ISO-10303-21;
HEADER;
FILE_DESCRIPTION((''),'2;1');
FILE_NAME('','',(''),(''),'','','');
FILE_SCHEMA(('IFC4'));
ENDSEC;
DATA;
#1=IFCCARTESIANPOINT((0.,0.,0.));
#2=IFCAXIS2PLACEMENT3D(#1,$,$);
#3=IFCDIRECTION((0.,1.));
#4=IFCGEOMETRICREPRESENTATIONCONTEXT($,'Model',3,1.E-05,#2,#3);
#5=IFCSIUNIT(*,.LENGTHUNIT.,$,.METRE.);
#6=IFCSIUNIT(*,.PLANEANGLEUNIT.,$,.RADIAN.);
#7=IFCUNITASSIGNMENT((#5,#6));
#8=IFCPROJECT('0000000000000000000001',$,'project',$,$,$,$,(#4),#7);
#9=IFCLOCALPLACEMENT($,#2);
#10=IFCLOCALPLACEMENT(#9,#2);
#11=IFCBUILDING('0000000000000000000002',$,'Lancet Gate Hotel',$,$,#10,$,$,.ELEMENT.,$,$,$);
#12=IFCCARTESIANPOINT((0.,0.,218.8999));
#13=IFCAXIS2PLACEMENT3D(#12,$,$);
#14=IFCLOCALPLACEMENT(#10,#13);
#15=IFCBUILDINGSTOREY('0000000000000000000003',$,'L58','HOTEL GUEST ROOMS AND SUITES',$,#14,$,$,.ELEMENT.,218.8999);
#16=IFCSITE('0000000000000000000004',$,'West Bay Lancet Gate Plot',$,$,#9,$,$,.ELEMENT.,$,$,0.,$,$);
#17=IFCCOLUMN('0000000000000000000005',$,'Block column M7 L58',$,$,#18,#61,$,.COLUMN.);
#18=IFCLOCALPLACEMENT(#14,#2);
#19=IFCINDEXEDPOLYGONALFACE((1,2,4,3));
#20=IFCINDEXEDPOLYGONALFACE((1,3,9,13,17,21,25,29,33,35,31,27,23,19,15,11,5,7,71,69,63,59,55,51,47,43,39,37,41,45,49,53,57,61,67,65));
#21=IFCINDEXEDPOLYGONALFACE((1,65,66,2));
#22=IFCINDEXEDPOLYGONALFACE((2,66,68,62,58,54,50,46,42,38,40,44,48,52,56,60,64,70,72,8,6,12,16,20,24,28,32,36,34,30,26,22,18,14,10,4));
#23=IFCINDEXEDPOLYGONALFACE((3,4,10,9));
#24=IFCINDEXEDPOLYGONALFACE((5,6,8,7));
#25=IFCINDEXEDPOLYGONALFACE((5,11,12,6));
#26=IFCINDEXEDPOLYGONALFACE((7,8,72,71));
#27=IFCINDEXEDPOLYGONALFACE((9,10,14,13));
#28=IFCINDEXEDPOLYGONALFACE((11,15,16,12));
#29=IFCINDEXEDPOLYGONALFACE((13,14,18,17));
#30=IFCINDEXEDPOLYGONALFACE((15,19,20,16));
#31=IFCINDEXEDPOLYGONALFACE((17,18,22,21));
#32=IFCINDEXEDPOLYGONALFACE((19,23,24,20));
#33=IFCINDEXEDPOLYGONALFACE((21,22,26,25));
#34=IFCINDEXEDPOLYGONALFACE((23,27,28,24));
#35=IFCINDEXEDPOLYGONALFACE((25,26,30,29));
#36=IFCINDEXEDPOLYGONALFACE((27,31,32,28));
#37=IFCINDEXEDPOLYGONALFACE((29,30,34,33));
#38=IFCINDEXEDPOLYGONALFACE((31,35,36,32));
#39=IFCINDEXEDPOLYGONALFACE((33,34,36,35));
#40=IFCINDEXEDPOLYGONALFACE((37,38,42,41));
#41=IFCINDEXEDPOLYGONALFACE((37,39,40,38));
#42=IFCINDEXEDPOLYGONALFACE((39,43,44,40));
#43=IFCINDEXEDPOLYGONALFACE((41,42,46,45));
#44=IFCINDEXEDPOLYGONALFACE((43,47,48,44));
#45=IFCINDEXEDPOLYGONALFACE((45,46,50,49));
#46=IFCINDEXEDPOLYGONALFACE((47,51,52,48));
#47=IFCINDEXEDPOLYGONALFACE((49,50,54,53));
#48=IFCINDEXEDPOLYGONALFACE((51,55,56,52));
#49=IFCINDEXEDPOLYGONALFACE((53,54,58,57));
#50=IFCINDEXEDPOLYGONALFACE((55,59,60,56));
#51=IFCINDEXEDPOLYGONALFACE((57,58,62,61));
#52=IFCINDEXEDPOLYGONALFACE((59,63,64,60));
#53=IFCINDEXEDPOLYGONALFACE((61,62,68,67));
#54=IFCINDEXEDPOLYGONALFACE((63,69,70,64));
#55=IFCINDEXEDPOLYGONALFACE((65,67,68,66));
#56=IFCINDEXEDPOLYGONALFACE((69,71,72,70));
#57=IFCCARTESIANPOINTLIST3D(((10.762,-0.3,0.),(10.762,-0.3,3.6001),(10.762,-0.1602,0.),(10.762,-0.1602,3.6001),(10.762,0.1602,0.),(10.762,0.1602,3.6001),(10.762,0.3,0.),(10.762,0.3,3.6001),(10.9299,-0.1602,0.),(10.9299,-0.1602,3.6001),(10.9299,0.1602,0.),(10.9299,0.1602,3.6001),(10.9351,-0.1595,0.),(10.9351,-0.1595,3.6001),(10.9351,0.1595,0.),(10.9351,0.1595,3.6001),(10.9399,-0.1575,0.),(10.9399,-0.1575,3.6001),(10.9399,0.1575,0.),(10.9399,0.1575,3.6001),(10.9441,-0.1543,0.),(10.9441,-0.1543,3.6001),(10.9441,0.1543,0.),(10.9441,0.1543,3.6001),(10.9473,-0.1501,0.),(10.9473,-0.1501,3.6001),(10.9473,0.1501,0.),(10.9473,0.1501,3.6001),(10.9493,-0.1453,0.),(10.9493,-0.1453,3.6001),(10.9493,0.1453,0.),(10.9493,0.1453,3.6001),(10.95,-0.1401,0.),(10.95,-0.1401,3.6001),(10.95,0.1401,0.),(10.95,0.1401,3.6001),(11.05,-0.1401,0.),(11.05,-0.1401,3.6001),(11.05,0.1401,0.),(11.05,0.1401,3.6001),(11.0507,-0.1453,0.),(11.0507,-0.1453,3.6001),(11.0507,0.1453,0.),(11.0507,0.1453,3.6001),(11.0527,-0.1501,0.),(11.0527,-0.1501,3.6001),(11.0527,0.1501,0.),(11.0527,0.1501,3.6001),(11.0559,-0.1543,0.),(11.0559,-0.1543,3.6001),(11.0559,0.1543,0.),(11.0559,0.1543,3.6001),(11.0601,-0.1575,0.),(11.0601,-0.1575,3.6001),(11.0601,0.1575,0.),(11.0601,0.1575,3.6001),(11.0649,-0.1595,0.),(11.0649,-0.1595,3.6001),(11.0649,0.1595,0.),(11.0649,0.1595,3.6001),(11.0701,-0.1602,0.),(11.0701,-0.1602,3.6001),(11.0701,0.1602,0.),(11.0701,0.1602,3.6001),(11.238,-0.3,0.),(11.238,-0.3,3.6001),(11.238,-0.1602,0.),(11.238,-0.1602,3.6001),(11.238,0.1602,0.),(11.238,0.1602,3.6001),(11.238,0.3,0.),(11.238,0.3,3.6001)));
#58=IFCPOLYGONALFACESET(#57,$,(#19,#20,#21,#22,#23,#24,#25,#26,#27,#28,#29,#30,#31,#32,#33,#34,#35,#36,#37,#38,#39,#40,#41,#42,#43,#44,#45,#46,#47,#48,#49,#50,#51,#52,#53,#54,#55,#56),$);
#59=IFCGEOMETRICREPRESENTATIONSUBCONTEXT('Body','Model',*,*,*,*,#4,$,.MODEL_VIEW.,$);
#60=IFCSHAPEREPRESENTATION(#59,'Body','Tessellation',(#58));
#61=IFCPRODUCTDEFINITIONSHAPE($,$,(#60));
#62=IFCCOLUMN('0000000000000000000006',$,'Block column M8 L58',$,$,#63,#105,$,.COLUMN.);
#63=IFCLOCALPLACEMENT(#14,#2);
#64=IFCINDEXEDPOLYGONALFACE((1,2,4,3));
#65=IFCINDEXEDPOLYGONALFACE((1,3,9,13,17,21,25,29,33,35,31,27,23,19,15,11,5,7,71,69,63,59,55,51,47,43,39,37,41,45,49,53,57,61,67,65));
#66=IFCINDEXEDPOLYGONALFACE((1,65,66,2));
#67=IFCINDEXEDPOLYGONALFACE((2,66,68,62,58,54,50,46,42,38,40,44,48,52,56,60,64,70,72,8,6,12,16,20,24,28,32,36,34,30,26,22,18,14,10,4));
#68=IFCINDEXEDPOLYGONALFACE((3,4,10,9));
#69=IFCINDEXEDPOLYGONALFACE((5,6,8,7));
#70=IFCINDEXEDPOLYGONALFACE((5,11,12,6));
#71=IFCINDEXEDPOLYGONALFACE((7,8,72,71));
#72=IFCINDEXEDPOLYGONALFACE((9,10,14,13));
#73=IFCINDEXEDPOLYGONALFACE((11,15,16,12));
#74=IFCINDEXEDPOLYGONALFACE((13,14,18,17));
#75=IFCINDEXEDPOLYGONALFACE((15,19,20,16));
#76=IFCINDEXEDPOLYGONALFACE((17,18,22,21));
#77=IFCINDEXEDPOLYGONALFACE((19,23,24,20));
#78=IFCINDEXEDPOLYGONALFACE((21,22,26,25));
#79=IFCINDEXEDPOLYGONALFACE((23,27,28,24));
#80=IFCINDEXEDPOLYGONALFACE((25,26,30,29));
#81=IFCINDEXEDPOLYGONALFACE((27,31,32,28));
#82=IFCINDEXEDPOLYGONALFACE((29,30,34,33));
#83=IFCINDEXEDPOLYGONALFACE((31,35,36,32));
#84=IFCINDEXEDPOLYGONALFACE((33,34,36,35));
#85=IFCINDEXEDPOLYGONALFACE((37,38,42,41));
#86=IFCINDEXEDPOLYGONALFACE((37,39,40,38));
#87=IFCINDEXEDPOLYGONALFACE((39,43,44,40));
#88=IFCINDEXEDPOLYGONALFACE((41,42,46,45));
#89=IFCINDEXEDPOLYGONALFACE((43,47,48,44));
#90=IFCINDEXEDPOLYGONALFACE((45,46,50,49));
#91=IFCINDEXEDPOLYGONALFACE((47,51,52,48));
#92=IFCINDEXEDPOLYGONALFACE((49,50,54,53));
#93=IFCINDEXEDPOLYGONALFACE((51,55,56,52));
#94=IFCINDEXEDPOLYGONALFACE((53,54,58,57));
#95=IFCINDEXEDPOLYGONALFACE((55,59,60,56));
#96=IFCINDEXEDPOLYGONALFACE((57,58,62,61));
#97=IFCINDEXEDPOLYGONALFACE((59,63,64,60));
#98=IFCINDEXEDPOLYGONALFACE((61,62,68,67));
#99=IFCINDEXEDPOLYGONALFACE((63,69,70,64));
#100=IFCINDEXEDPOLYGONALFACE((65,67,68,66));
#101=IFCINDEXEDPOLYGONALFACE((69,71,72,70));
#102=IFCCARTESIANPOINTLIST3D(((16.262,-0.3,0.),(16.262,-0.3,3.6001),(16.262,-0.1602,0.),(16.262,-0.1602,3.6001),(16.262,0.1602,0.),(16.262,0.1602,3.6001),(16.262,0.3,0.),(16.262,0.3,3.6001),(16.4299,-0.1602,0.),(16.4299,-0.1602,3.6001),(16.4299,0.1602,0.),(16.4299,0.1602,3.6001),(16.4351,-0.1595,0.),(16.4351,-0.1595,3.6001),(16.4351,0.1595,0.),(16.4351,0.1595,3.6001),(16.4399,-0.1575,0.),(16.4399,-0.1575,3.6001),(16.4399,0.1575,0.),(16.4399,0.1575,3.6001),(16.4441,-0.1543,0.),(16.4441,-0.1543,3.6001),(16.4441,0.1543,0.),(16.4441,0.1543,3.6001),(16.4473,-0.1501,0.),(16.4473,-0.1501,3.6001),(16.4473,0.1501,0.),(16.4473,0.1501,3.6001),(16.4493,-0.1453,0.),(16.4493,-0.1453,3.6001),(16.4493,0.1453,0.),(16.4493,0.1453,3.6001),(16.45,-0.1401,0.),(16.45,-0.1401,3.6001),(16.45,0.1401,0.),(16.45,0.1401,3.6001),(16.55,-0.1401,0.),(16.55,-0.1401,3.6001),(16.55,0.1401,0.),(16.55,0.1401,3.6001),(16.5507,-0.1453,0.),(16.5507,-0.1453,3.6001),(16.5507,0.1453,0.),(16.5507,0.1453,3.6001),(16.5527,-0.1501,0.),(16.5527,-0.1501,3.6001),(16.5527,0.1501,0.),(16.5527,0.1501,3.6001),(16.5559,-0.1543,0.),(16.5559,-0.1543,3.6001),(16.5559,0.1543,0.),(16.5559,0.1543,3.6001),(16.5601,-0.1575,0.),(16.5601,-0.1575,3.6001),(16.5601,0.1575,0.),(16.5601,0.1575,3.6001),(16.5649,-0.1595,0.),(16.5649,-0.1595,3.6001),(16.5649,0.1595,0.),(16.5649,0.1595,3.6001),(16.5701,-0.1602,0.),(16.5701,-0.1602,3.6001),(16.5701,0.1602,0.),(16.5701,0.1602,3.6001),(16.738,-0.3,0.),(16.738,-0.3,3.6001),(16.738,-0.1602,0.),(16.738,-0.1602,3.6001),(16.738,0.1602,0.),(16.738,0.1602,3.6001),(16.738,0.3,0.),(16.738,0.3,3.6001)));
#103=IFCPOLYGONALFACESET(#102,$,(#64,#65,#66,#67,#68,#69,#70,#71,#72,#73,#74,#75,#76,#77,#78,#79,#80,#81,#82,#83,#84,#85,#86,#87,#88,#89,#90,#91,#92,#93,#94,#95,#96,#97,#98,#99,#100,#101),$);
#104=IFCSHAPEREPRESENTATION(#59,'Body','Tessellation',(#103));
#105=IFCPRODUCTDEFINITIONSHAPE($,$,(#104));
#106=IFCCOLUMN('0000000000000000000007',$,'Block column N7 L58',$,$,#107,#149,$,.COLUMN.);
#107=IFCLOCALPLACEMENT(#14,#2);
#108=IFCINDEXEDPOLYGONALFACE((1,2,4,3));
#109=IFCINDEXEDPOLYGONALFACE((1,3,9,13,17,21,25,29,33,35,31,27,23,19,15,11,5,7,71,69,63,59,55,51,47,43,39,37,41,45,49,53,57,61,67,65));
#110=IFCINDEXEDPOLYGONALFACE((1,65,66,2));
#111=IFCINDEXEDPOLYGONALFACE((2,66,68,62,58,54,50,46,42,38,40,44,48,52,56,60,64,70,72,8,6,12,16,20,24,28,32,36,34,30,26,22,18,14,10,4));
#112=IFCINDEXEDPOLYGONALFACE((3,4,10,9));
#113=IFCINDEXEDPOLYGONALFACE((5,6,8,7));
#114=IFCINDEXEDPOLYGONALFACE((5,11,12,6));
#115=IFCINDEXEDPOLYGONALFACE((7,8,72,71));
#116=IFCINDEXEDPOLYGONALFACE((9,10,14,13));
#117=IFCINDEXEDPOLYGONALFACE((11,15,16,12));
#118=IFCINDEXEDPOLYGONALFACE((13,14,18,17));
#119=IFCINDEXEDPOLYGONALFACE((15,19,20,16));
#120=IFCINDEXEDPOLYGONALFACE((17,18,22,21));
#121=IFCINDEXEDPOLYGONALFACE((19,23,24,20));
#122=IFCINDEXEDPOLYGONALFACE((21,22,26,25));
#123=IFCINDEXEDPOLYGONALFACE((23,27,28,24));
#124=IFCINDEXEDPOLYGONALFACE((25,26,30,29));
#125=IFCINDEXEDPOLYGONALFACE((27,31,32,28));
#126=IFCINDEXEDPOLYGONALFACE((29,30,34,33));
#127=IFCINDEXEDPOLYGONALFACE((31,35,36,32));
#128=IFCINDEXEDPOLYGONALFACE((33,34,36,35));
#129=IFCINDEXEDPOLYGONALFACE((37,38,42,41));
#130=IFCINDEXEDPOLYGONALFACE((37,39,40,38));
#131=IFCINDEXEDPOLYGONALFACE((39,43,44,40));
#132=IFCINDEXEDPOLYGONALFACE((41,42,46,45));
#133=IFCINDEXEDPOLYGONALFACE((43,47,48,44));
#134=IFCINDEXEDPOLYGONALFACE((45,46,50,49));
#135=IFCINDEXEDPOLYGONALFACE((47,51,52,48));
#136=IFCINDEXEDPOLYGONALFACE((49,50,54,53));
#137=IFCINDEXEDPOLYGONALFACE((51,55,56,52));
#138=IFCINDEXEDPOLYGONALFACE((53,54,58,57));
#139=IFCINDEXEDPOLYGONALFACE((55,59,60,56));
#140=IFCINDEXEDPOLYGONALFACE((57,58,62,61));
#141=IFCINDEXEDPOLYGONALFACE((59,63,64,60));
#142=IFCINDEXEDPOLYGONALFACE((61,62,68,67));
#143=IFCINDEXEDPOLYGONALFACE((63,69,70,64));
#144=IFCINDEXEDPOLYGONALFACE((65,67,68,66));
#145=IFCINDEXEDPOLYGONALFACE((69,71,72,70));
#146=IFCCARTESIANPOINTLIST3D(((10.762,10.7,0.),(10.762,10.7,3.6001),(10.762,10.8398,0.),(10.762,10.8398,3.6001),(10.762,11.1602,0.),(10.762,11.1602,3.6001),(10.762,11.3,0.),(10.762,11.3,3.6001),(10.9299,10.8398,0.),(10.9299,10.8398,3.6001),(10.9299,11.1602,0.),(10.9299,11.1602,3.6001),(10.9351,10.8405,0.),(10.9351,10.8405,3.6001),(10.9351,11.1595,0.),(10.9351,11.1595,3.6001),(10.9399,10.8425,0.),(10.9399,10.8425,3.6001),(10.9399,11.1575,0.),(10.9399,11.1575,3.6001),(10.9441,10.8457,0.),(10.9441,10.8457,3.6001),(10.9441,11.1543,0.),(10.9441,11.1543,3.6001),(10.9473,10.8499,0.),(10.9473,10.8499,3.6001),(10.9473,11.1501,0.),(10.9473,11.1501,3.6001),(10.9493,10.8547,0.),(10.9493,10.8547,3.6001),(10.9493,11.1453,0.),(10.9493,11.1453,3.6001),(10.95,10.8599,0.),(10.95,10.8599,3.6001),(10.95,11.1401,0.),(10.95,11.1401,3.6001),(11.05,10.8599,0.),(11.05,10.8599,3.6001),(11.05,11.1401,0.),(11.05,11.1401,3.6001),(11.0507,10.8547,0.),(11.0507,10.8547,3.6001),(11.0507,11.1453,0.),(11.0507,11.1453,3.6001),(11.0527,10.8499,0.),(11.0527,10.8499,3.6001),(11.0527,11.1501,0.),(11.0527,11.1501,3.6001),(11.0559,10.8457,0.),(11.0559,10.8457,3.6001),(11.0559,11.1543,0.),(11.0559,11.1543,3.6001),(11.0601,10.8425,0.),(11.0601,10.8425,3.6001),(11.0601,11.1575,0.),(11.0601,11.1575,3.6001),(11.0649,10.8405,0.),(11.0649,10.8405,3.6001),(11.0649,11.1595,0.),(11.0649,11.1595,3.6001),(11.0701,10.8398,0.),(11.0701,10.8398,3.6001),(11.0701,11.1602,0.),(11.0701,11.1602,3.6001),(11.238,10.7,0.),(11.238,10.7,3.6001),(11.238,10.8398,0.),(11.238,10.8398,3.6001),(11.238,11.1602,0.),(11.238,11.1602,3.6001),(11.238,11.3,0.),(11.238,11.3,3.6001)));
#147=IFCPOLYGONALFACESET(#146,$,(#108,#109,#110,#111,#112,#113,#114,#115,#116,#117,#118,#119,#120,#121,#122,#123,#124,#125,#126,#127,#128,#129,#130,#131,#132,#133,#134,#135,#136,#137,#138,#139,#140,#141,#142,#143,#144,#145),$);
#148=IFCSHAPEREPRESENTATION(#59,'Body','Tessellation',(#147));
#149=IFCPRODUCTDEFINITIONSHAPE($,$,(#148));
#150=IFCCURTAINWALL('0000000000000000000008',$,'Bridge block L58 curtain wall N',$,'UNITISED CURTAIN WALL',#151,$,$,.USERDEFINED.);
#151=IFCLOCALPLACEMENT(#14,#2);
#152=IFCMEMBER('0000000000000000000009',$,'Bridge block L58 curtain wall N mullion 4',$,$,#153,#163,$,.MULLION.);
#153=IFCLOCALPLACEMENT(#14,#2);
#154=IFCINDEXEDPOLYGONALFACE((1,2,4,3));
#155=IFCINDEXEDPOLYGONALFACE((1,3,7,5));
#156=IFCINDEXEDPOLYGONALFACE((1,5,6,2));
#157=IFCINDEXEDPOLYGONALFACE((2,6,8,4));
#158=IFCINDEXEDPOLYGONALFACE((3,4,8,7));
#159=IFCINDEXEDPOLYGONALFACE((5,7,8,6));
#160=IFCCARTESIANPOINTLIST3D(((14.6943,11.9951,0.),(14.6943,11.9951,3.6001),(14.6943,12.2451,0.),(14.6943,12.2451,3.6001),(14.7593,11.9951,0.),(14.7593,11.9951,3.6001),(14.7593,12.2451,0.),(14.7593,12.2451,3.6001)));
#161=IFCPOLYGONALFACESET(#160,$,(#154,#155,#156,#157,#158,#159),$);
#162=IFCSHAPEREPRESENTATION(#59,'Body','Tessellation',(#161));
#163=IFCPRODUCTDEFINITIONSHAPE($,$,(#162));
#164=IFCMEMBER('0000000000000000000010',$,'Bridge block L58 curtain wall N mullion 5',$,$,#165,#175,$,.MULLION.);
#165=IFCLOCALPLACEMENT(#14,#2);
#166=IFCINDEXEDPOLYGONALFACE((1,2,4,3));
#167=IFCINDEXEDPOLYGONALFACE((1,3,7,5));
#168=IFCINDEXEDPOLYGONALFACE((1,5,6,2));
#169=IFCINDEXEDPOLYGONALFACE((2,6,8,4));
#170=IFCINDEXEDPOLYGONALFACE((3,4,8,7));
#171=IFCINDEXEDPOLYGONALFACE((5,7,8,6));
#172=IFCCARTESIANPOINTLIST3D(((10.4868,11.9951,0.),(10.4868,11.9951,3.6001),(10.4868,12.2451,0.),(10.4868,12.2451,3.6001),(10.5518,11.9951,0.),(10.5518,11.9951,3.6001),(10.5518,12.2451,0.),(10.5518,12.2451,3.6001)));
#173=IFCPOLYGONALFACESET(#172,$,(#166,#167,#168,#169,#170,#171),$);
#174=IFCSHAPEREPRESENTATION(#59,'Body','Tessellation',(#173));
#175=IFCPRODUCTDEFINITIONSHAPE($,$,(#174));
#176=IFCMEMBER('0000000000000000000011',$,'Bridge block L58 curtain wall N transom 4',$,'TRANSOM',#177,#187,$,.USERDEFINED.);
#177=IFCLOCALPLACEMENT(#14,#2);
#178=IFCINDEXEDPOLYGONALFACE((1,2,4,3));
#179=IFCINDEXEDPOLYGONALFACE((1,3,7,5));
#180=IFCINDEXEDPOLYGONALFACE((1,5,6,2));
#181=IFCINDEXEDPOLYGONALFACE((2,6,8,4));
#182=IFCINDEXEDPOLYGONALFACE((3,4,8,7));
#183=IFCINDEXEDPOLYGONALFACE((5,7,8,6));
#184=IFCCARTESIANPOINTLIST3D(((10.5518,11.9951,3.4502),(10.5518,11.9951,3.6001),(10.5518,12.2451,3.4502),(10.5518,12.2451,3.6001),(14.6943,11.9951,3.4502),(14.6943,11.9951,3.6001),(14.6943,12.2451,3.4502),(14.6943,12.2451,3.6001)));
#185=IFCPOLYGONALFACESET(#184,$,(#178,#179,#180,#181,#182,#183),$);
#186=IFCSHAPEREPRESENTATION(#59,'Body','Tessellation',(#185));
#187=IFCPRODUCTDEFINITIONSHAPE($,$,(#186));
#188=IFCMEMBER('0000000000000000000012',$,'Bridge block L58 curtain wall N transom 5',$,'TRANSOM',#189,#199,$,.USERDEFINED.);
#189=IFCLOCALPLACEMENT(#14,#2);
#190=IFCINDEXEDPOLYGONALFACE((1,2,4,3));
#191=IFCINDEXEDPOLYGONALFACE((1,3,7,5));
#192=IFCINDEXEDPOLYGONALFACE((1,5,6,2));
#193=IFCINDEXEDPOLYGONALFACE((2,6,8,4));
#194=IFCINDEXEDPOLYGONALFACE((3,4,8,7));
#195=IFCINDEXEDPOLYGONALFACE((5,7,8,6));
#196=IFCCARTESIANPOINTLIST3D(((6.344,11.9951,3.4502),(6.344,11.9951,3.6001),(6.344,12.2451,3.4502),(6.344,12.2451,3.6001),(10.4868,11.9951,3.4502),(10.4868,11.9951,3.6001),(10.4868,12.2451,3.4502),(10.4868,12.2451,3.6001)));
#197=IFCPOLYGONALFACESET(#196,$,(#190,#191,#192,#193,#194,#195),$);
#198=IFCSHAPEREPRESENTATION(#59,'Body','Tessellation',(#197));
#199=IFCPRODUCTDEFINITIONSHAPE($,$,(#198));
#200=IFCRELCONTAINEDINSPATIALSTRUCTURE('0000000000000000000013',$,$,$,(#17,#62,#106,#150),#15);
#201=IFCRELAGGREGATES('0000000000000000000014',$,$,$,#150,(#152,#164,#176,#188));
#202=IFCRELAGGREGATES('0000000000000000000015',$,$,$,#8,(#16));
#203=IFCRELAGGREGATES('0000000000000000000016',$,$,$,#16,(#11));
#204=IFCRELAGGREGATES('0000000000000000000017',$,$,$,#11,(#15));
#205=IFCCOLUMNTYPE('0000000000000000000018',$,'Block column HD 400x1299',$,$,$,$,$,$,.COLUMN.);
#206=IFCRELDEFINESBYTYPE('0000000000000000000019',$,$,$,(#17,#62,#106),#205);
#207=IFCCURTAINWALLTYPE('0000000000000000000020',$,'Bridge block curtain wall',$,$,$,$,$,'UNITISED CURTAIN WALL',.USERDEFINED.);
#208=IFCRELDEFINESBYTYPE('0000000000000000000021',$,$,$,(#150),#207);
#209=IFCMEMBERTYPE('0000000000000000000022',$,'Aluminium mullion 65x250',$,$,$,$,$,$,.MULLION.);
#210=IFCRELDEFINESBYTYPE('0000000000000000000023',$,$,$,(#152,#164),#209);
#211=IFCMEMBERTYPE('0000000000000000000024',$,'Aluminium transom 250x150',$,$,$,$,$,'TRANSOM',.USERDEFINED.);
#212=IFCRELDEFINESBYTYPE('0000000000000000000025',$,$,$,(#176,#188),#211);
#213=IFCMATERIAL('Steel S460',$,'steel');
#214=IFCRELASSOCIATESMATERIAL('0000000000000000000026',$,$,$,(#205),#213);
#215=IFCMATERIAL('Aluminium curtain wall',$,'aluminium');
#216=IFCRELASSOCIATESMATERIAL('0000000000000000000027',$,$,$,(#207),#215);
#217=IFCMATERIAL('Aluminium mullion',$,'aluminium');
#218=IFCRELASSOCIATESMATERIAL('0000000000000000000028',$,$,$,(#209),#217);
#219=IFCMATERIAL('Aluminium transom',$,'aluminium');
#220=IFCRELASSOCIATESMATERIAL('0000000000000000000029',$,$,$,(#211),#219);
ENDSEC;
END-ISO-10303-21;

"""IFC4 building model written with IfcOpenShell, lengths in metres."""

from ifc_helpers import new_model, si_unit, direction, frame, origin, origin_2d, place, context, subcontext, project, spatial, rectangle, i_section, extrude, material, material_profile, profile_set, type_object, element, aggregate, save


model = new_model("IFC4")

# Units and contexts
model_context = context("Model", 3, precision=1e-05, world=origin(), true_north=direction((0.0, 1.0)))
body_context = subcontext(model_context, "Body", "Model", "MODEL_VIEW")
ifc_project = project(units=[si_unit("LENGTHUNIT", "METRE"), si_unit("PLANEANGLEUNIT", "RADIAN")], contexts=[model_context])

# Site, building, storey
site_placement = place(None, origin())
site = spatial("IfcSite", under=ifc_project, at=site_placement, Name="West Bay Lancet Gate Plot", CompositionType="ELEMENT", RefElevation=0.0)
building_placement = place(site_placement, origin())
building = spatial("IfcBuilding", under=site, at=building_placement, Name="Lancet Gate Hotel", CompositionType="ELEMENT")
storey_placement = place(building_placement, frame((0.0, 0.0, 218.8999)))
storey = spatial("IfcBuildingStorey", under=building, at=storey_placement, Name="L58", Description="HOTEL GUEST ROOMS AND SUITES", CompositionType="ELEMENT", Elevation=218.8999)

# Columns
ifc_material_1 = material(Name="Steel S460", Category="steel")
ifc_material_profile_1 = material_profile(ifc_material_1, i_section(OverallWidth=0.4761, OverallDepth=0.6001, WebThickness=0.1001, FlangeThickness=0.1399, FilletRadius=0.02, at=origin_2d()), Name="HD 400x1299")
ifc_profile_set_1 = profile_set([ifc_material_profile_1], Name="Steel S460")
column_type = type_object("IfcColumnType", Name="Block column HD 400x1299", PredefinedType="COLUMN", material=ifc_profile_set_1)
for number, where, z_axis, x_axis, name in (
    (1, (11.0, 0.0, 0.0), (0.0, 0.0, 1.0), (1.0, 0.0, 0.0), "Block column M7 L58"),
    (2, (16.5, 0.0, 0.0), (0.0, 0.0, 1.0), (1.0, 0.0, 0.0), "Block column M8 L58"),
    (3, (11.0, 11.0, 0.0), (0.0, 0.0, 1.0), (1.0, 0.0, 0.0), "Block column N7 L58"),
):
    element("IfcColumn", number, at=place(storey_placement, frame(where, z_axis=z_axis, x_axis=x_axis)), inside=storey, type_object=column_type, Name=name, PredefinedType="COLUMN", context=body_context, shape_type="SweptSolid", body=[
        extrude(i_section(OverallWidth=0.4761, OverallDepth=0.6001, WebThickness=0.1001, FlangeThickness=0.1399, FilletRadius=0.02, at=origin_2d()), origin(), (0.0, 0.0, 1.0), 3.6001),
    ])

# Curtain wall, members
ifc_material_2 = material(Name="Aluminium curtain wall", Category="aluminium")
curtain_wall_type = type_object("IfcCurtainWallType", Name="Bridge block curtain wall", ElementType="UNITISED CURTAIN WALL", PredefinedType="USERDEFINED", material=ifc_material_2)
curtain_wall_placement = place(storey_placement, origin())
curtain_wall = element("IfcCurtainWall", 4, at=curtain_wall_placement, inside=storey, type_object=curtain_wall_type, Name="Bridge block L58 curtain wall N", ObjectType="UNITISED CURTAIN WALL", PredefinedType="USERDEFINED")
ifc_material_3 = material(Name="Aluminium mullion", Category="aluminium")
ifc_material_profile_2 = material_profile(ifc_material_3, rectangle(XDim=0.0649, YDim=0.25, at=origin_2d()), Name="MULLION 65x250")
ifc_profile_set_2 = profile_set([ifc_material_profile_2], Name="Aluminium mullion")
member_type_1 = type_object("IfcMemberType", Name="Aluminium mullion 65x250", PredefinedType="MULLION", material=ifc_profile_set_2)
member_1_placement = place(storey_placement, frame((14.7268, 12.1201, 0.0), z_axis=(0.0, 0.0, 1.0), x_axis=(-1.0, 0.0, 0.0)))
member_1 = element("IfcMember", 5, at=member_1_placement, type_object=member_type_1, Name="Bridge block L58 curtain wall N mullion 4", PredefinedType="MULLION", context=body_context, shape_type="SweptSolid", body=[
    extrude(rectangle(XDim=0.0649, YDim=0.25, at=origin_2d()), origin(), (0.0, 0.0, 1.0), 3.6001),
])
member_2_placement = place(storey_placement, frame((10.5193, 12.1201, 0.0), z_axis=(0.0, 0.0, 1.0), x_axis=(-1.0, 0.0, 0.0)))
member_2 = element("IfcMember", 6, at=member_2_placement, type_object=member_type_1, Name="Bridge block L58 curtain wall N mullion 5", PredefinedType="MULLION", context=body_context, shape_type="SweptSolid", body=[
    extrude(rectangle(XDim=0.0649, YDim=0.25, at=origin_2d()), origin(), (0.0, 0.0, 1.0), 3.6001),
])
ifc_material_4 = material(Name="Aluminium transom", Category="aluminium")
ifc_material_profile_3 = material_profile(ifc_material_4, rectangle(XDim=0.25, YDim=0.1499, at=origin_2d()), Name="TRANSOM 250x150")
ifc_profile_set_3 = profile_set([ifc_material_profile_3], Name="Aluminium transom")
member_type_2 = type_object("IfcMemberType", Name="Aluminium transom 250x150", ElementType="TRANSOM", PredefinedType="USERDEFINED", material=ifc_profile_set_3)
member_3_placement = place(storey_placement, frame((14.6943, 12.1201, 3.5251), z_axis=(-1.0, 0.0, 0.0), x_axis=(0.0, -1.0, 0.0)))
member_3 = element("IfcMember", 7, at=member_3_placement, type_object=member_type_2, Name="Bridge block L58 curtain wall N transom 4", ObjectType="TRANSOM", PredefinedType="USERDEFINED", context=body_context, shape_type="SweptSolid", body=[
    extrude(rectangle(XDim=0.25, YDim=0.1499, at=origin_2d()), origin(), (0.0, 0.0, 1.0), 4.1426),
])
member_4_placement = place(storey_placement, frame((10.4868, 12.1201, 3.5251), z_axis=(-1.0, 0.0, 0.0), x_axis=(0.0, -1.0, 0.0)))
member_4 = element("IfcMember", 8, at=member_4_placement, type_object=member_type_2, Name="Bridge block L58 curtain wall N transom 5", ObjectType="TRANSOM", PredefinedType="USERDEFINED", context=body_context, shape_type="SweptSolid", body=[
    extrude(rectangle(XDim=0.25, YDim=0.1499, at=origin_2d()), origin(), (0.0, 0.0, 1.0), 4.1428),
])

aggregate(curtain_wall, [member_1, member_2, member_3, member_4])

save(model, "model.ifc")
